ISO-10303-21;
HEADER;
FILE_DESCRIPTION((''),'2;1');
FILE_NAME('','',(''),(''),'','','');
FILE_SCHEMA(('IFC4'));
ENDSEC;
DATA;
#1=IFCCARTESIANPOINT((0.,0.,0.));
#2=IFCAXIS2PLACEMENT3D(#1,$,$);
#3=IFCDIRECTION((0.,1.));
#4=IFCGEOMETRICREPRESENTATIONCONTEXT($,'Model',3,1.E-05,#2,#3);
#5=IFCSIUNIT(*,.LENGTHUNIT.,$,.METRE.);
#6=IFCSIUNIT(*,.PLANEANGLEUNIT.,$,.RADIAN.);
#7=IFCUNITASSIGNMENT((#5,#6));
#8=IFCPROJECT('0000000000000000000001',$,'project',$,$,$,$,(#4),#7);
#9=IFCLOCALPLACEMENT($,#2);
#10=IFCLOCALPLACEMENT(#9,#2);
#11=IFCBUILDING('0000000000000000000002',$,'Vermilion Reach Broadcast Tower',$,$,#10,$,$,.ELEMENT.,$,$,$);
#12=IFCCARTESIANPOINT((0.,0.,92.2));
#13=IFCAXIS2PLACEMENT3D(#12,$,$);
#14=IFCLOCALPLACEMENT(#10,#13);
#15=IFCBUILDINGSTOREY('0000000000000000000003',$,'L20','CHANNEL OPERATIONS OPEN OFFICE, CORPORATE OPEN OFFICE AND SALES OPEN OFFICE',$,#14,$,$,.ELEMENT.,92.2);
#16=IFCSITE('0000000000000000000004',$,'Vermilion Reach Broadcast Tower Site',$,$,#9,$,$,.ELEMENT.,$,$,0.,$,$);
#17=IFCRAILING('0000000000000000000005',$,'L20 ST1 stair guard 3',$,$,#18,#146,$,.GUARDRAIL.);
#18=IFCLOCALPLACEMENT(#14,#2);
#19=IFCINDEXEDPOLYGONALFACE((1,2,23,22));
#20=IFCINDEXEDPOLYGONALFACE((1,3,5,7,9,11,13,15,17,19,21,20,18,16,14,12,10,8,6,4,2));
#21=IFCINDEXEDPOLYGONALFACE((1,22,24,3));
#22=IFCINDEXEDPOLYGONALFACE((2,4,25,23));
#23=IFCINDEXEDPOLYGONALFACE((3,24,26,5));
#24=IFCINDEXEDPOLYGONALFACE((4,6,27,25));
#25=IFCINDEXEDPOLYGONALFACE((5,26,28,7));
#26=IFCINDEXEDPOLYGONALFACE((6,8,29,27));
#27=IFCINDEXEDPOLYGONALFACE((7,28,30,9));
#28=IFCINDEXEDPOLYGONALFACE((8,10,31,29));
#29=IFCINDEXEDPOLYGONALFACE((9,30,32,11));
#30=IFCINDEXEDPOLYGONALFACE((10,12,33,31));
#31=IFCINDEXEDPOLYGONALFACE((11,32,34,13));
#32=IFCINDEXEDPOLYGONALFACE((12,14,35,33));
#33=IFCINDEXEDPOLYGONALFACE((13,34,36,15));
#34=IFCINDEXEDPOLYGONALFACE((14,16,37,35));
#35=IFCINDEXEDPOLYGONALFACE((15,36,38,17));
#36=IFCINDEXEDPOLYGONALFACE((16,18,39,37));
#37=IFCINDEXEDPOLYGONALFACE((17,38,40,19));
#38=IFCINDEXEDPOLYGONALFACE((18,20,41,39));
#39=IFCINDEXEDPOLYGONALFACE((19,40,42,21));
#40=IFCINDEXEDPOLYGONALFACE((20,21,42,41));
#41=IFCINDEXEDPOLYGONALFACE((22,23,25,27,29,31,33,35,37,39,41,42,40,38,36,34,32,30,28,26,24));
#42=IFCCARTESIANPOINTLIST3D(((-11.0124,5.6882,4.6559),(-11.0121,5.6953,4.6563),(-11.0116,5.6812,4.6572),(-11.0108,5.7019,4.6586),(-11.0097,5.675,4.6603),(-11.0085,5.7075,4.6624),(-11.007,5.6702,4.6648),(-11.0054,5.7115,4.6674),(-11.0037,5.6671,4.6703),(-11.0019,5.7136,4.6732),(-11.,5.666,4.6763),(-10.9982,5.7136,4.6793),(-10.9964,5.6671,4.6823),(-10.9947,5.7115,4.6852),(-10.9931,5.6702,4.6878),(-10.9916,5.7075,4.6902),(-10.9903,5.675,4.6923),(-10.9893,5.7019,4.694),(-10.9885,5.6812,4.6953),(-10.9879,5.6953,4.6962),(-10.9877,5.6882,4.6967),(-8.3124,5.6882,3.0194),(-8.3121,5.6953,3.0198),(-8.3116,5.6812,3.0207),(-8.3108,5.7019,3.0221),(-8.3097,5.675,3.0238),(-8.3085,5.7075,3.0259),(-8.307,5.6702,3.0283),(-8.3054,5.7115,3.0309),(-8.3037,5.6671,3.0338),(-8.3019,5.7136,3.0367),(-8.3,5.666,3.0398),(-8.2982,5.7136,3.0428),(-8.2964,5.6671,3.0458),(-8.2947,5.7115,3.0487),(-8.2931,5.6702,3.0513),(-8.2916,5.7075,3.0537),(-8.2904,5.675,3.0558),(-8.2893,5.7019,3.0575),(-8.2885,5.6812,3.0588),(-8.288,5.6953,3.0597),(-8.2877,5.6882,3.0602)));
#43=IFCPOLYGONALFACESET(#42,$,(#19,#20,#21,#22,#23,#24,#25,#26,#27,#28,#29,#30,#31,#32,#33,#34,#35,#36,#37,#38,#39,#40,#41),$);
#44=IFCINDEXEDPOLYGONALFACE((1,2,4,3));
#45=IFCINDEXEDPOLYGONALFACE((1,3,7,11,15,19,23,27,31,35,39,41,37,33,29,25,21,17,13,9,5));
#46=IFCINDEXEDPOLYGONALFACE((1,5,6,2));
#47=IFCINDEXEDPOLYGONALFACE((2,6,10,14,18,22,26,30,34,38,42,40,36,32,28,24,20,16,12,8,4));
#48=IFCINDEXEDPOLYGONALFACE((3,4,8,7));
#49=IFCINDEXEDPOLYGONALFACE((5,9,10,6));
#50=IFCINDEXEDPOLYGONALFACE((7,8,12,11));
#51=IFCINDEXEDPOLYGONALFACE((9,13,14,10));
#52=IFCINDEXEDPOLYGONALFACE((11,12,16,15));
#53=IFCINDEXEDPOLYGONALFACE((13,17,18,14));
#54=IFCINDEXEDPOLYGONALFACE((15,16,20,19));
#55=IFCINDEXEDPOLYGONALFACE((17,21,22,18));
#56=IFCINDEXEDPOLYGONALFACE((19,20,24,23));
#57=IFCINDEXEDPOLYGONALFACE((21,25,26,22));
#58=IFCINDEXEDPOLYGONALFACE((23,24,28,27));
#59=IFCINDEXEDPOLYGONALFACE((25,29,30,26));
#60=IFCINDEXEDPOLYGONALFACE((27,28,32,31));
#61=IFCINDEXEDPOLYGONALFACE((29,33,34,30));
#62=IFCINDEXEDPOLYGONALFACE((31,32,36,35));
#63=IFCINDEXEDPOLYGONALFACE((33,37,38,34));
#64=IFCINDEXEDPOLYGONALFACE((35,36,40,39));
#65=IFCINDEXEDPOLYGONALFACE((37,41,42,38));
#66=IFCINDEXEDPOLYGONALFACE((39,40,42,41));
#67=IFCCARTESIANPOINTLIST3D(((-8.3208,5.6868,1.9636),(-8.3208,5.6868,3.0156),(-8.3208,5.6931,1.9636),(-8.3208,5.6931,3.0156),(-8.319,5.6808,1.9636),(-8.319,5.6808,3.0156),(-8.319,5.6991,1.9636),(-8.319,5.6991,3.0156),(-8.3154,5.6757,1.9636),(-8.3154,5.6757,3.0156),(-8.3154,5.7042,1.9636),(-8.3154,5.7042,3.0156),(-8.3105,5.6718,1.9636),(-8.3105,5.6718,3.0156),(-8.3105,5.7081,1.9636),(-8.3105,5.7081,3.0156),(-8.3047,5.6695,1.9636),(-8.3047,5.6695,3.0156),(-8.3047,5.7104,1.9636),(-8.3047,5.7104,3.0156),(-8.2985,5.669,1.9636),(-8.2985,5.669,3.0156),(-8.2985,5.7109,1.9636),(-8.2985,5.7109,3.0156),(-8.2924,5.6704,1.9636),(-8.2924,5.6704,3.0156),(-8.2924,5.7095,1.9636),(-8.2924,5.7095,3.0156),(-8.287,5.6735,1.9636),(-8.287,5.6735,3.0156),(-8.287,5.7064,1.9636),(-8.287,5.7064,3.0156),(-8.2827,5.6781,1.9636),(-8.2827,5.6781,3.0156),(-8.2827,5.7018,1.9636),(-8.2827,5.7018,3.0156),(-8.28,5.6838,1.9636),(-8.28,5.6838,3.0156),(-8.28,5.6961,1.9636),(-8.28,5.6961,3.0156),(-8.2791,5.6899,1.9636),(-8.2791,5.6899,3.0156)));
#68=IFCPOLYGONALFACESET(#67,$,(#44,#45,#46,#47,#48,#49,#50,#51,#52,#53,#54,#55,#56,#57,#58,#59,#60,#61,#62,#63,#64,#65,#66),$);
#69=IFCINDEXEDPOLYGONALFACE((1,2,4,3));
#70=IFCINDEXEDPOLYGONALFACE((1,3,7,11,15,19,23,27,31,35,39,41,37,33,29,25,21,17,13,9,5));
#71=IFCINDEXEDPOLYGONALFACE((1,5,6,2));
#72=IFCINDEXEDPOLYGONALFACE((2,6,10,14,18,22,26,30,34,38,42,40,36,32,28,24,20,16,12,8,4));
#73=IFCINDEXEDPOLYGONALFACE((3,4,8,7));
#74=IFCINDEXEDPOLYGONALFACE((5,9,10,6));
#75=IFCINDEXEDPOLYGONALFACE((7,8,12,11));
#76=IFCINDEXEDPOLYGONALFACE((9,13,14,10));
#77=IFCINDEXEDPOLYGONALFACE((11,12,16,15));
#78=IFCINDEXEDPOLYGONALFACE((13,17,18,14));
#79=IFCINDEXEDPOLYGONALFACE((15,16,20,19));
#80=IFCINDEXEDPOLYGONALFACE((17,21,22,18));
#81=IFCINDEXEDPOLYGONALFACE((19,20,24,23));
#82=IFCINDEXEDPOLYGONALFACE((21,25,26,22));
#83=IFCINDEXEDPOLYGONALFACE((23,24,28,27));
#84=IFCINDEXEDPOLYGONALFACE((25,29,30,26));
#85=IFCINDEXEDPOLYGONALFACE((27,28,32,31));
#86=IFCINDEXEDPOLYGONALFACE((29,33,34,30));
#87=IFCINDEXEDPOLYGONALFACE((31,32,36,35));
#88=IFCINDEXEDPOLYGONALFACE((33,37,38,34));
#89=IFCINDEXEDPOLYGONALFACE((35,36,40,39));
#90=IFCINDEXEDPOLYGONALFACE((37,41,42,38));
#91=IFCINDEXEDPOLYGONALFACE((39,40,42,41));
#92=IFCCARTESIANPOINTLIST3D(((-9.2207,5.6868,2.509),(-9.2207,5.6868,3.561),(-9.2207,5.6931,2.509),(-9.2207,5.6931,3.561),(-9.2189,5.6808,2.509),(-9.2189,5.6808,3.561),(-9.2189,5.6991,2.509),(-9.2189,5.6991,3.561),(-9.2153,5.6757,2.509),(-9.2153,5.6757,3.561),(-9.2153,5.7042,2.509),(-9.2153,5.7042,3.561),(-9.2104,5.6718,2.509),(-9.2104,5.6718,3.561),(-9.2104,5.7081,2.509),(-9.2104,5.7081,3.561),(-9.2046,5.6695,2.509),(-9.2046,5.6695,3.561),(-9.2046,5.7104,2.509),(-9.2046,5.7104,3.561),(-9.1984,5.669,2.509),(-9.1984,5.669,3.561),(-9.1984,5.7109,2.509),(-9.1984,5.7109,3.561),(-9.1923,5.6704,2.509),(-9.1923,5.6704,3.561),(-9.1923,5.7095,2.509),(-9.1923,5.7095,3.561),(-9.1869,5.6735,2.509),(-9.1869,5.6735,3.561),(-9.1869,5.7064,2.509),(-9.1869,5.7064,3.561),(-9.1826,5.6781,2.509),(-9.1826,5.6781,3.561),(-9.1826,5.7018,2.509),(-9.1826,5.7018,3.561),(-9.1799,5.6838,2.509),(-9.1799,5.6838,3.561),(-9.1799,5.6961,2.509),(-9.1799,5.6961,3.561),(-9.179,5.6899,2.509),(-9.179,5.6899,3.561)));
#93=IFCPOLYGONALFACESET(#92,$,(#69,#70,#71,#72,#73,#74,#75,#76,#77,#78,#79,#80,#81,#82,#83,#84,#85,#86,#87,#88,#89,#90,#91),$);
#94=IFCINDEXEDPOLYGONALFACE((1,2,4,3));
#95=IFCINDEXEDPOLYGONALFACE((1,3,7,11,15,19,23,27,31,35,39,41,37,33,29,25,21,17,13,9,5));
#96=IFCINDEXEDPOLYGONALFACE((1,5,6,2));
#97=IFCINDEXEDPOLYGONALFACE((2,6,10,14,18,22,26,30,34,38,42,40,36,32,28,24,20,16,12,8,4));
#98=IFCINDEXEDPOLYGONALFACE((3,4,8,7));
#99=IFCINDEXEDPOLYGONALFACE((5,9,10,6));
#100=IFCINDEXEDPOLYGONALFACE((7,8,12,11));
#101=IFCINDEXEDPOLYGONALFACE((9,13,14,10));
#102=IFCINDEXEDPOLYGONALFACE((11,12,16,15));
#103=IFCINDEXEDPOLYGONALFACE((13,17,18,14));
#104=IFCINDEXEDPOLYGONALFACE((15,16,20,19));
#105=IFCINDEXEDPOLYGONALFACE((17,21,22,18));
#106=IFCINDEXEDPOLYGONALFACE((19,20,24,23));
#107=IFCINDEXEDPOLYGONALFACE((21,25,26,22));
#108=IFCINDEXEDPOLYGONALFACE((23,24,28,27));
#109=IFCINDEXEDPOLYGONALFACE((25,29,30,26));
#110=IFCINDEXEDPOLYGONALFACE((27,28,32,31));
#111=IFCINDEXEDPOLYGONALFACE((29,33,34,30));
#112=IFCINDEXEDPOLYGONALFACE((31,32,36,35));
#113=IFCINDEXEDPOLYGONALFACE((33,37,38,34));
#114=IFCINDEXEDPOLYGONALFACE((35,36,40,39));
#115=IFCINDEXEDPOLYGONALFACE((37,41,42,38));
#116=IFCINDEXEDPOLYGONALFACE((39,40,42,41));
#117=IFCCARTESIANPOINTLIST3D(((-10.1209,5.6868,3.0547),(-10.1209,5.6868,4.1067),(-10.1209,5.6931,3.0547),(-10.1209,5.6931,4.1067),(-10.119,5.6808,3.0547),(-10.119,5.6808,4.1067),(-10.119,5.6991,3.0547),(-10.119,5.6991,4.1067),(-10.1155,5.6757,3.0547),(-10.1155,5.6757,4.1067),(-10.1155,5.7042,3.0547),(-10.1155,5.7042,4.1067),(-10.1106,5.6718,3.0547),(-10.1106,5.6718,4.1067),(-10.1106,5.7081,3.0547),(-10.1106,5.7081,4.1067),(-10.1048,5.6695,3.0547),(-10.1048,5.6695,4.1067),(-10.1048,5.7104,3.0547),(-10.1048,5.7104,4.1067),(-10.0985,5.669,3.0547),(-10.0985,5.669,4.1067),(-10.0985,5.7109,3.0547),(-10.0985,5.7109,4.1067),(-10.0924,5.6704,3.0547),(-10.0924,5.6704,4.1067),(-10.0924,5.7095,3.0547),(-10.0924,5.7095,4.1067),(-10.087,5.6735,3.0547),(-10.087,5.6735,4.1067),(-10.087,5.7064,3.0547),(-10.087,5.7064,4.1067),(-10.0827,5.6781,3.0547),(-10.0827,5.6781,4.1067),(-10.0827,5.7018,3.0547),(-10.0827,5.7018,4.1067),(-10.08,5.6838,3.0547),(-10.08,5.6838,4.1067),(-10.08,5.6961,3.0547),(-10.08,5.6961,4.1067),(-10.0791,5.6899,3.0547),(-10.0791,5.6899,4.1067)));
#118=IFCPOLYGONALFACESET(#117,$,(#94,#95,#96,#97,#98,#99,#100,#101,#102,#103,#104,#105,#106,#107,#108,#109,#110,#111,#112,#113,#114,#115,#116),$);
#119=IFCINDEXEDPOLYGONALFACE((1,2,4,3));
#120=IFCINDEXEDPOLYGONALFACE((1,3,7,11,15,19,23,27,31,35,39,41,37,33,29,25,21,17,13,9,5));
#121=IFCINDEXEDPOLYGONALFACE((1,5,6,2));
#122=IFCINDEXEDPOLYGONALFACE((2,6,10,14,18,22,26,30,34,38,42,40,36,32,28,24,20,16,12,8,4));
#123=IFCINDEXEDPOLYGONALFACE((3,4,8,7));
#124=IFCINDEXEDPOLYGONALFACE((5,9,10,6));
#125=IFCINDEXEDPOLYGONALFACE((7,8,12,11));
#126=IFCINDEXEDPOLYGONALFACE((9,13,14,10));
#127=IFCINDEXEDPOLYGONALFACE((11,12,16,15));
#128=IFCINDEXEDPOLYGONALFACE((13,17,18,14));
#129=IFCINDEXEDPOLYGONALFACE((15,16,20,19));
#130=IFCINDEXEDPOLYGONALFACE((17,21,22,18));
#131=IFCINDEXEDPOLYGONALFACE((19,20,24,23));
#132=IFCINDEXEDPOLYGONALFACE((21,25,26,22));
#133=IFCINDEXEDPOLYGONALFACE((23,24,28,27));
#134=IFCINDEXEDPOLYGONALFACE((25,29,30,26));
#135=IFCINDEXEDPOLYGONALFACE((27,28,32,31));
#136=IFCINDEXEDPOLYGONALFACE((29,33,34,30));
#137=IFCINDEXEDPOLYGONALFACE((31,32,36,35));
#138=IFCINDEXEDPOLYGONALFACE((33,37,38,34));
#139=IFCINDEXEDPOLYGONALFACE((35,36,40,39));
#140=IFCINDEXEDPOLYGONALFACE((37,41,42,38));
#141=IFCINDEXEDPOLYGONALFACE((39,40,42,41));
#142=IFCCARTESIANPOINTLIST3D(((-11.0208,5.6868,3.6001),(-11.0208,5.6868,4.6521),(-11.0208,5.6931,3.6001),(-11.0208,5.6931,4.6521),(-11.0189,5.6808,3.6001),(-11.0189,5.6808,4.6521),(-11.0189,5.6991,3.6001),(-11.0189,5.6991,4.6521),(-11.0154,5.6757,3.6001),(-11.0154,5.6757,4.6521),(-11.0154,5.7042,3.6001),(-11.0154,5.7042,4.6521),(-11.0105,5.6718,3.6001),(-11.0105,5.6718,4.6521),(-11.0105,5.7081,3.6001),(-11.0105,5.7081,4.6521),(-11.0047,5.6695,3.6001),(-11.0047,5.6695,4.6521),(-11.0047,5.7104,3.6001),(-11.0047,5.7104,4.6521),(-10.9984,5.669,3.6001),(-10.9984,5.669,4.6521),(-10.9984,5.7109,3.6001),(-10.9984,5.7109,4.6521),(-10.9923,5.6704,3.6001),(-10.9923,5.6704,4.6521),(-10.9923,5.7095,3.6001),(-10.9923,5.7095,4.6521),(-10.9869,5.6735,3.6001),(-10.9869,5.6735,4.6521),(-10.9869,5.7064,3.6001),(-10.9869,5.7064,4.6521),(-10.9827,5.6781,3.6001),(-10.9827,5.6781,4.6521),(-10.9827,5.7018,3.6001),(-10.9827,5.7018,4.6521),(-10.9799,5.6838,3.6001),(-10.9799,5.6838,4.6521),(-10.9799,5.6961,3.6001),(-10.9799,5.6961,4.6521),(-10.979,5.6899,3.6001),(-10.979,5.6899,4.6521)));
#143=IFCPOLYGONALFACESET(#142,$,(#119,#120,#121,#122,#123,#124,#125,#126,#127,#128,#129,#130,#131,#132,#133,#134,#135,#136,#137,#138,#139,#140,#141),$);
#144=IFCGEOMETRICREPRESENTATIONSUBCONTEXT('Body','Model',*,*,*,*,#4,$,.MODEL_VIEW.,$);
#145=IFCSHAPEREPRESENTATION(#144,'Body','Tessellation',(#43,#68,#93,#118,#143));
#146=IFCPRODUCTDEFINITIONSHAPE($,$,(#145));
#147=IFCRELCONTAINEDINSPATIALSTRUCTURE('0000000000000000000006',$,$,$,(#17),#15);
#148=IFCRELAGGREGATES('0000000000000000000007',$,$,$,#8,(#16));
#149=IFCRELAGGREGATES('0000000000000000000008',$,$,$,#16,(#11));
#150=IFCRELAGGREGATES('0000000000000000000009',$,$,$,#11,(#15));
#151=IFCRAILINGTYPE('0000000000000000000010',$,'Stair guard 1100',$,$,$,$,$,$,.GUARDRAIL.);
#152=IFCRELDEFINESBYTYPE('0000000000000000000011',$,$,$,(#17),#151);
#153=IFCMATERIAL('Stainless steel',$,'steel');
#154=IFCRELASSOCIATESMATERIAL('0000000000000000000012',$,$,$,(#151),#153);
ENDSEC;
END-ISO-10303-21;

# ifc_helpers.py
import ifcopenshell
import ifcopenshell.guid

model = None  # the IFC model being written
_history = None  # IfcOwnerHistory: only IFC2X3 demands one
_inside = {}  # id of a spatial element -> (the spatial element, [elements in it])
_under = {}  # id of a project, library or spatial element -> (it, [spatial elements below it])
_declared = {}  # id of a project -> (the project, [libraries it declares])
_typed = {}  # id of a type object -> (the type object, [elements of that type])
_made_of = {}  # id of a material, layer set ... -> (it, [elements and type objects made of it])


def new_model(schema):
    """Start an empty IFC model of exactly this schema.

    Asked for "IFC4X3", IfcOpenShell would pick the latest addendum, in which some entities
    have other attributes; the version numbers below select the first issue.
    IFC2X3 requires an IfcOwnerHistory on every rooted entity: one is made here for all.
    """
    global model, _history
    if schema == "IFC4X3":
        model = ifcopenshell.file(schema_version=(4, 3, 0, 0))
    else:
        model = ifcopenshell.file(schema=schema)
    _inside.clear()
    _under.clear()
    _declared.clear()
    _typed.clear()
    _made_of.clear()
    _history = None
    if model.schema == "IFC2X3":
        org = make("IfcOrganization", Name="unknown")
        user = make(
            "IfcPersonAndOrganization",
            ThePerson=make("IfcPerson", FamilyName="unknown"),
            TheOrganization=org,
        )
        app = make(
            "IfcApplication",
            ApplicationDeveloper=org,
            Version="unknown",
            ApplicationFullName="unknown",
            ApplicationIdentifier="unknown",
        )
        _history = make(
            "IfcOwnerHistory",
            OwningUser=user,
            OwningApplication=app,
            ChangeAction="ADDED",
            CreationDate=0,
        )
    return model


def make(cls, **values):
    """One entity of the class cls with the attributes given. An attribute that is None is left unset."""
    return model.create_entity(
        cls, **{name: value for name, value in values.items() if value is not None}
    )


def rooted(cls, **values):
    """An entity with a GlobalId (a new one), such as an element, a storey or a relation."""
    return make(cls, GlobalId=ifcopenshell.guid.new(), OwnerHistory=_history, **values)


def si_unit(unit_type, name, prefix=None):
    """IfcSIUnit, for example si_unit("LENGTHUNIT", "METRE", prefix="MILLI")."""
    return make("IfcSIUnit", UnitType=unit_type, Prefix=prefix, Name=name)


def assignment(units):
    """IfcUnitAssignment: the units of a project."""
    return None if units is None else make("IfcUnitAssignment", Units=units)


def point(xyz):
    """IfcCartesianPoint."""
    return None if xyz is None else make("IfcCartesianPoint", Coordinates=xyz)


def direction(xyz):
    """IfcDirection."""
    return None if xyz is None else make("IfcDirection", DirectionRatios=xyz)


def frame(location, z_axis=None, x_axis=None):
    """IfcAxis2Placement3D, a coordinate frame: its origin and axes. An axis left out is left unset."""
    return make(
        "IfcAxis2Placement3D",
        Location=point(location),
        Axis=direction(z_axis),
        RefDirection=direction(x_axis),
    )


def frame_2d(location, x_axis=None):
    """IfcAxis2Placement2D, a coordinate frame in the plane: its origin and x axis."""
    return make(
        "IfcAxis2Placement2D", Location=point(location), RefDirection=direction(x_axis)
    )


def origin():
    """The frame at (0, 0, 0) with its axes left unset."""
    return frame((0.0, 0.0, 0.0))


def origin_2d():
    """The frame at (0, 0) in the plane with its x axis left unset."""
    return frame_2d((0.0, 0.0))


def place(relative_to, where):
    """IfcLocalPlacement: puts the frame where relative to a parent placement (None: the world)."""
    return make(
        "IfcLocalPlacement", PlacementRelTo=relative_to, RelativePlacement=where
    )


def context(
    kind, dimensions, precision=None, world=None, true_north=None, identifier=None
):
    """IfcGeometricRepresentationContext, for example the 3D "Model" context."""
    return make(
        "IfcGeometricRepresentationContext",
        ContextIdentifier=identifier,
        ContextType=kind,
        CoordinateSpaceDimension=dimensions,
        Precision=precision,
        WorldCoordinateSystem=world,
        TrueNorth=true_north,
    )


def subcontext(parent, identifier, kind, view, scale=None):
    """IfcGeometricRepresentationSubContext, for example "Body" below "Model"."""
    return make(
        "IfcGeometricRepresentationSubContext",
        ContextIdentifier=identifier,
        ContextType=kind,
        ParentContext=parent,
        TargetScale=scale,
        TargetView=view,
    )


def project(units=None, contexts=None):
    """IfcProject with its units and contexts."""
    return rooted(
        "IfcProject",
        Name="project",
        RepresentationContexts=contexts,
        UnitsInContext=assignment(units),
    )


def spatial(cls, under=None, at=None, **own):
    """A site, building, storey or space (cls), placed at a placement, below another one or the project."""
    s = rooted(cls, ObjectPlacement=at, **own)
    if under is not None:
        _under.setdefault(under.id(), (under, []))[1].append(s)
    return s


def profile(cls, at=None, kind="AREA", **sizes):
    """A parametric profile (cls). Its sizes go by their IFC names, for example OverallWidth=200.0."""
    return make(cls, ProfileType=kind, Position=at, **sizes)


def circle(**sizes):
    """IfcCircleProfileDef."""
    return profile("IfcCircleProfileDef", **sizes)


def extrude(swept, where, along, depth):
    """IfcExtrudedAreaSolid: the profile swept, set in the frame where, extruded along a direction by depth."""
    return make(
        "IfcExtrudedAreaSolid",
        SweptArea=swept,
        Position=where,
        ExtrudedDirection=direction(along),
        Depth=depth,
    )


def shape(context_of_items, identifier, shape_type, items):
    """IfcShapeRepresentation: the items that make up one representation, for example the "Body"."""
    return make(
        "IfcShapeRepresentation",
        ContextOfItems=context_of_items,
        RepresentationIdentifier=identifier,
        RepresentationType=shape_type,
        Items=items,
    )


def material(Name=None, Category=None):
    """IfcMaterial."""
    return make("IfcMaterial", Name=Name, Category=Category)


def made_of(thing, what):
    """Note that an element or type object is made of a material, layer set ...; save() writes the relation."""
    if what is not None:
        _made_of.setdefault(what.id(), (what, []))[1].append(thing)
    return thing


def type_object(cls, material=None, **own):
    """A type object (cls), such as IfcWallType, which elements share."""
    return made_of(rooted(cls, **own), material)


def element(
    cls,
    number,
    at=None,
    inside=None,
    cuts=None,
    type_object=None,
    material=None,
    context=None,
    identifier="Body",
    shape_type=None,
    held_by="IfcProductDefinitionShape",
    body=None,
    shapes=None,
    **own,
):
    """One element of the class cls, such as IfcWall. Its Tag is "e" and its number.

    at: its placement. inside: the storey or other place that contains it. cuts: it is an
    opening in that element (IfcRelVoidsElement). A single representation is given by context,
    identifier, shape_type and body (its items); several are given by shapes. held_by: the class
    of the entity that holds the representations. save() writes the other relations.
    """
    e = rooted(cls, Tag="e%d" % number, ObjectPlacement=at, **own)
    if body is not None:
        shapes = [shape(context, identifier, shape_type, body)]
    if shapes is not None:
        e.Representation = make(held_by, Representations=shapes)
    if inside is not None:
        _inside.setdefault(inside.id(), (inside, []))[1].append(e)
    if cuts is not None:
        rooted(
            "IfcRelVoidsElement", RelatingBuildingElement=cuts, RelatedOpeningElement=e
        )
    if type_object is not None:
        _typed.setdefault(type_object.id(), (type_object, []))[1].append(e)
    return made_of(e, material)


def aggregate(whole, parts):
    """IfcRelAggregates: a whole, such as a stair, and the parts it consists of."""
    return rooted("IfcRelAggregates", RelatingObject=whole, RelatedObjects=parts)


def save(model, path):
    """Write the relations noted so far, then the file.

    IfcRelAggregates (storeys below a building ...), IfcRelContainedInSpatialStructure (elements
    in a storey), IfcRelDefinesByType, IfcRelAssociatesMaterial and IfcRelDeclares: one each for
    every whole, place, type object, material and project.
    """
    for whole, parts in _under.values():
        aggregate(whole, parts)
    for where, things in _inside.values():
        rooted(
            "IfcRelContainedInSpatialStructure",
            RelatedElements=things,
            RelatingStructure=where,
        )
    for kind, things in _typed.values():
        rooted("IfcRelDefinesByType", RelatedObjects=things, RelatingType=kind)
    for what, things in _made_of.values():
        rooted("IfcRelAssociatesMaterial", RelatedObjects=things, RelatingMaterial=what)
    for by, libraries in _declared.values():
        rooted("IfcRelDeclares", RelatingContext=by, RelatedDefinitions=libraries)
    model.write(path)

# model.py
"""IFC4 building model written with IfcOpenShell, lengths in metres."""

from ifc_helpers import new_model, si_unit, direction, frame, origin, origin_2d, place, context, subcontext, project, spatial, circle, extrude, material, type_object, element, save


model = new_model("IFC4")

# Units and contexts
model_context = context("Model", 3, precision=1e-05, world=origin(), true_north=direction((0.0, 1.0)))
body_context = subcontext(model_context, "Body", "Model", "MODEL_VIEW")
ifc_project = project(units=[si_unit("LENGTHUNIT", "METRE"), si_unit("PLANEANGLEUNIT", "RADIAN")], contexts=[model_context])

# Site, building, storey
site_placement = place(None, origin())
site = spatial("IfcSite", under=ifc_project, at=site_placement, Name="Vermilion Reach Broadcast Tower Site", CompositionType="ELEMENT", RefElevation=0.0)
building_placement = place(site_placement, origin())
building = spatial("IfcBuilding", under=site, at=building_placement, Name="Vermilion Reach Broadcast Tower", CompositionType="ELEMENT")
storey_placement = place(building_placement, frame((0.0, 0.0, 92.2)))
storey = spatial("IfcBuildingStorey", under=building, at=storey_placement, Name="L20", Description="CHANNEL OPERATIONS OPEN OFFICE, CORPORATE OPEN OFFICE AND SALES OPEN OFFICE", CompositionType="ELEMENT", Elevation=92.2)

# Railing
ifc_material_1 = material(Name="Stainless steel", Category="steel")
railing_type_1 = type_object("IfcRailingType", Name="Stair guard 1100", PredefinedType="GUARDRAIL", material=ifc_material_1)
railing_1_placement = place(storey_placement, frame((-8.3, 5.6899, 1.9636)))
element("IfcRailing", 1, at=railing_1_placement, inside=storey, type_object=railing_type_1, Name="L20 ST1 stair guard 3", PredefinedType="GUARDRAIL", context=body_context, shape_type="SweptSolid", body=[
    extrude(circle(Radius=0.0239, at=origin_2d()), frame((0.0, 0.0, 1.0762), z_axis=(-0.855178, 0.0, 0.518334), x_axis=(0.0, -1.0, 0.0)), (0.0, 0.0, 1.0), 3.1572),
    extrude(circle(Radius=0.021, at=origin_2d()), origin(), (0.0, 0.0, 1.0), 1.052),
    extrude(circle(Radius=0.021, at=origin_2d()), frame((-0.8999, 0.0, 0.5454)), (0.0, 0.0, 1.0), 1.052),
    extrude(circle(Radius=0.021, at=origin_2d()), frame((-1.8, 0.0, 1.0911)), (0.0, 0.0, 1.0), 1.052),
    extrude(circle(Radius=0.021, at=origin_2d()), frame((-2.7, 0.0, 1.6365)), (0.0, 0.0, 1.0), 1.052),
])

save(model, "model.ifc")
